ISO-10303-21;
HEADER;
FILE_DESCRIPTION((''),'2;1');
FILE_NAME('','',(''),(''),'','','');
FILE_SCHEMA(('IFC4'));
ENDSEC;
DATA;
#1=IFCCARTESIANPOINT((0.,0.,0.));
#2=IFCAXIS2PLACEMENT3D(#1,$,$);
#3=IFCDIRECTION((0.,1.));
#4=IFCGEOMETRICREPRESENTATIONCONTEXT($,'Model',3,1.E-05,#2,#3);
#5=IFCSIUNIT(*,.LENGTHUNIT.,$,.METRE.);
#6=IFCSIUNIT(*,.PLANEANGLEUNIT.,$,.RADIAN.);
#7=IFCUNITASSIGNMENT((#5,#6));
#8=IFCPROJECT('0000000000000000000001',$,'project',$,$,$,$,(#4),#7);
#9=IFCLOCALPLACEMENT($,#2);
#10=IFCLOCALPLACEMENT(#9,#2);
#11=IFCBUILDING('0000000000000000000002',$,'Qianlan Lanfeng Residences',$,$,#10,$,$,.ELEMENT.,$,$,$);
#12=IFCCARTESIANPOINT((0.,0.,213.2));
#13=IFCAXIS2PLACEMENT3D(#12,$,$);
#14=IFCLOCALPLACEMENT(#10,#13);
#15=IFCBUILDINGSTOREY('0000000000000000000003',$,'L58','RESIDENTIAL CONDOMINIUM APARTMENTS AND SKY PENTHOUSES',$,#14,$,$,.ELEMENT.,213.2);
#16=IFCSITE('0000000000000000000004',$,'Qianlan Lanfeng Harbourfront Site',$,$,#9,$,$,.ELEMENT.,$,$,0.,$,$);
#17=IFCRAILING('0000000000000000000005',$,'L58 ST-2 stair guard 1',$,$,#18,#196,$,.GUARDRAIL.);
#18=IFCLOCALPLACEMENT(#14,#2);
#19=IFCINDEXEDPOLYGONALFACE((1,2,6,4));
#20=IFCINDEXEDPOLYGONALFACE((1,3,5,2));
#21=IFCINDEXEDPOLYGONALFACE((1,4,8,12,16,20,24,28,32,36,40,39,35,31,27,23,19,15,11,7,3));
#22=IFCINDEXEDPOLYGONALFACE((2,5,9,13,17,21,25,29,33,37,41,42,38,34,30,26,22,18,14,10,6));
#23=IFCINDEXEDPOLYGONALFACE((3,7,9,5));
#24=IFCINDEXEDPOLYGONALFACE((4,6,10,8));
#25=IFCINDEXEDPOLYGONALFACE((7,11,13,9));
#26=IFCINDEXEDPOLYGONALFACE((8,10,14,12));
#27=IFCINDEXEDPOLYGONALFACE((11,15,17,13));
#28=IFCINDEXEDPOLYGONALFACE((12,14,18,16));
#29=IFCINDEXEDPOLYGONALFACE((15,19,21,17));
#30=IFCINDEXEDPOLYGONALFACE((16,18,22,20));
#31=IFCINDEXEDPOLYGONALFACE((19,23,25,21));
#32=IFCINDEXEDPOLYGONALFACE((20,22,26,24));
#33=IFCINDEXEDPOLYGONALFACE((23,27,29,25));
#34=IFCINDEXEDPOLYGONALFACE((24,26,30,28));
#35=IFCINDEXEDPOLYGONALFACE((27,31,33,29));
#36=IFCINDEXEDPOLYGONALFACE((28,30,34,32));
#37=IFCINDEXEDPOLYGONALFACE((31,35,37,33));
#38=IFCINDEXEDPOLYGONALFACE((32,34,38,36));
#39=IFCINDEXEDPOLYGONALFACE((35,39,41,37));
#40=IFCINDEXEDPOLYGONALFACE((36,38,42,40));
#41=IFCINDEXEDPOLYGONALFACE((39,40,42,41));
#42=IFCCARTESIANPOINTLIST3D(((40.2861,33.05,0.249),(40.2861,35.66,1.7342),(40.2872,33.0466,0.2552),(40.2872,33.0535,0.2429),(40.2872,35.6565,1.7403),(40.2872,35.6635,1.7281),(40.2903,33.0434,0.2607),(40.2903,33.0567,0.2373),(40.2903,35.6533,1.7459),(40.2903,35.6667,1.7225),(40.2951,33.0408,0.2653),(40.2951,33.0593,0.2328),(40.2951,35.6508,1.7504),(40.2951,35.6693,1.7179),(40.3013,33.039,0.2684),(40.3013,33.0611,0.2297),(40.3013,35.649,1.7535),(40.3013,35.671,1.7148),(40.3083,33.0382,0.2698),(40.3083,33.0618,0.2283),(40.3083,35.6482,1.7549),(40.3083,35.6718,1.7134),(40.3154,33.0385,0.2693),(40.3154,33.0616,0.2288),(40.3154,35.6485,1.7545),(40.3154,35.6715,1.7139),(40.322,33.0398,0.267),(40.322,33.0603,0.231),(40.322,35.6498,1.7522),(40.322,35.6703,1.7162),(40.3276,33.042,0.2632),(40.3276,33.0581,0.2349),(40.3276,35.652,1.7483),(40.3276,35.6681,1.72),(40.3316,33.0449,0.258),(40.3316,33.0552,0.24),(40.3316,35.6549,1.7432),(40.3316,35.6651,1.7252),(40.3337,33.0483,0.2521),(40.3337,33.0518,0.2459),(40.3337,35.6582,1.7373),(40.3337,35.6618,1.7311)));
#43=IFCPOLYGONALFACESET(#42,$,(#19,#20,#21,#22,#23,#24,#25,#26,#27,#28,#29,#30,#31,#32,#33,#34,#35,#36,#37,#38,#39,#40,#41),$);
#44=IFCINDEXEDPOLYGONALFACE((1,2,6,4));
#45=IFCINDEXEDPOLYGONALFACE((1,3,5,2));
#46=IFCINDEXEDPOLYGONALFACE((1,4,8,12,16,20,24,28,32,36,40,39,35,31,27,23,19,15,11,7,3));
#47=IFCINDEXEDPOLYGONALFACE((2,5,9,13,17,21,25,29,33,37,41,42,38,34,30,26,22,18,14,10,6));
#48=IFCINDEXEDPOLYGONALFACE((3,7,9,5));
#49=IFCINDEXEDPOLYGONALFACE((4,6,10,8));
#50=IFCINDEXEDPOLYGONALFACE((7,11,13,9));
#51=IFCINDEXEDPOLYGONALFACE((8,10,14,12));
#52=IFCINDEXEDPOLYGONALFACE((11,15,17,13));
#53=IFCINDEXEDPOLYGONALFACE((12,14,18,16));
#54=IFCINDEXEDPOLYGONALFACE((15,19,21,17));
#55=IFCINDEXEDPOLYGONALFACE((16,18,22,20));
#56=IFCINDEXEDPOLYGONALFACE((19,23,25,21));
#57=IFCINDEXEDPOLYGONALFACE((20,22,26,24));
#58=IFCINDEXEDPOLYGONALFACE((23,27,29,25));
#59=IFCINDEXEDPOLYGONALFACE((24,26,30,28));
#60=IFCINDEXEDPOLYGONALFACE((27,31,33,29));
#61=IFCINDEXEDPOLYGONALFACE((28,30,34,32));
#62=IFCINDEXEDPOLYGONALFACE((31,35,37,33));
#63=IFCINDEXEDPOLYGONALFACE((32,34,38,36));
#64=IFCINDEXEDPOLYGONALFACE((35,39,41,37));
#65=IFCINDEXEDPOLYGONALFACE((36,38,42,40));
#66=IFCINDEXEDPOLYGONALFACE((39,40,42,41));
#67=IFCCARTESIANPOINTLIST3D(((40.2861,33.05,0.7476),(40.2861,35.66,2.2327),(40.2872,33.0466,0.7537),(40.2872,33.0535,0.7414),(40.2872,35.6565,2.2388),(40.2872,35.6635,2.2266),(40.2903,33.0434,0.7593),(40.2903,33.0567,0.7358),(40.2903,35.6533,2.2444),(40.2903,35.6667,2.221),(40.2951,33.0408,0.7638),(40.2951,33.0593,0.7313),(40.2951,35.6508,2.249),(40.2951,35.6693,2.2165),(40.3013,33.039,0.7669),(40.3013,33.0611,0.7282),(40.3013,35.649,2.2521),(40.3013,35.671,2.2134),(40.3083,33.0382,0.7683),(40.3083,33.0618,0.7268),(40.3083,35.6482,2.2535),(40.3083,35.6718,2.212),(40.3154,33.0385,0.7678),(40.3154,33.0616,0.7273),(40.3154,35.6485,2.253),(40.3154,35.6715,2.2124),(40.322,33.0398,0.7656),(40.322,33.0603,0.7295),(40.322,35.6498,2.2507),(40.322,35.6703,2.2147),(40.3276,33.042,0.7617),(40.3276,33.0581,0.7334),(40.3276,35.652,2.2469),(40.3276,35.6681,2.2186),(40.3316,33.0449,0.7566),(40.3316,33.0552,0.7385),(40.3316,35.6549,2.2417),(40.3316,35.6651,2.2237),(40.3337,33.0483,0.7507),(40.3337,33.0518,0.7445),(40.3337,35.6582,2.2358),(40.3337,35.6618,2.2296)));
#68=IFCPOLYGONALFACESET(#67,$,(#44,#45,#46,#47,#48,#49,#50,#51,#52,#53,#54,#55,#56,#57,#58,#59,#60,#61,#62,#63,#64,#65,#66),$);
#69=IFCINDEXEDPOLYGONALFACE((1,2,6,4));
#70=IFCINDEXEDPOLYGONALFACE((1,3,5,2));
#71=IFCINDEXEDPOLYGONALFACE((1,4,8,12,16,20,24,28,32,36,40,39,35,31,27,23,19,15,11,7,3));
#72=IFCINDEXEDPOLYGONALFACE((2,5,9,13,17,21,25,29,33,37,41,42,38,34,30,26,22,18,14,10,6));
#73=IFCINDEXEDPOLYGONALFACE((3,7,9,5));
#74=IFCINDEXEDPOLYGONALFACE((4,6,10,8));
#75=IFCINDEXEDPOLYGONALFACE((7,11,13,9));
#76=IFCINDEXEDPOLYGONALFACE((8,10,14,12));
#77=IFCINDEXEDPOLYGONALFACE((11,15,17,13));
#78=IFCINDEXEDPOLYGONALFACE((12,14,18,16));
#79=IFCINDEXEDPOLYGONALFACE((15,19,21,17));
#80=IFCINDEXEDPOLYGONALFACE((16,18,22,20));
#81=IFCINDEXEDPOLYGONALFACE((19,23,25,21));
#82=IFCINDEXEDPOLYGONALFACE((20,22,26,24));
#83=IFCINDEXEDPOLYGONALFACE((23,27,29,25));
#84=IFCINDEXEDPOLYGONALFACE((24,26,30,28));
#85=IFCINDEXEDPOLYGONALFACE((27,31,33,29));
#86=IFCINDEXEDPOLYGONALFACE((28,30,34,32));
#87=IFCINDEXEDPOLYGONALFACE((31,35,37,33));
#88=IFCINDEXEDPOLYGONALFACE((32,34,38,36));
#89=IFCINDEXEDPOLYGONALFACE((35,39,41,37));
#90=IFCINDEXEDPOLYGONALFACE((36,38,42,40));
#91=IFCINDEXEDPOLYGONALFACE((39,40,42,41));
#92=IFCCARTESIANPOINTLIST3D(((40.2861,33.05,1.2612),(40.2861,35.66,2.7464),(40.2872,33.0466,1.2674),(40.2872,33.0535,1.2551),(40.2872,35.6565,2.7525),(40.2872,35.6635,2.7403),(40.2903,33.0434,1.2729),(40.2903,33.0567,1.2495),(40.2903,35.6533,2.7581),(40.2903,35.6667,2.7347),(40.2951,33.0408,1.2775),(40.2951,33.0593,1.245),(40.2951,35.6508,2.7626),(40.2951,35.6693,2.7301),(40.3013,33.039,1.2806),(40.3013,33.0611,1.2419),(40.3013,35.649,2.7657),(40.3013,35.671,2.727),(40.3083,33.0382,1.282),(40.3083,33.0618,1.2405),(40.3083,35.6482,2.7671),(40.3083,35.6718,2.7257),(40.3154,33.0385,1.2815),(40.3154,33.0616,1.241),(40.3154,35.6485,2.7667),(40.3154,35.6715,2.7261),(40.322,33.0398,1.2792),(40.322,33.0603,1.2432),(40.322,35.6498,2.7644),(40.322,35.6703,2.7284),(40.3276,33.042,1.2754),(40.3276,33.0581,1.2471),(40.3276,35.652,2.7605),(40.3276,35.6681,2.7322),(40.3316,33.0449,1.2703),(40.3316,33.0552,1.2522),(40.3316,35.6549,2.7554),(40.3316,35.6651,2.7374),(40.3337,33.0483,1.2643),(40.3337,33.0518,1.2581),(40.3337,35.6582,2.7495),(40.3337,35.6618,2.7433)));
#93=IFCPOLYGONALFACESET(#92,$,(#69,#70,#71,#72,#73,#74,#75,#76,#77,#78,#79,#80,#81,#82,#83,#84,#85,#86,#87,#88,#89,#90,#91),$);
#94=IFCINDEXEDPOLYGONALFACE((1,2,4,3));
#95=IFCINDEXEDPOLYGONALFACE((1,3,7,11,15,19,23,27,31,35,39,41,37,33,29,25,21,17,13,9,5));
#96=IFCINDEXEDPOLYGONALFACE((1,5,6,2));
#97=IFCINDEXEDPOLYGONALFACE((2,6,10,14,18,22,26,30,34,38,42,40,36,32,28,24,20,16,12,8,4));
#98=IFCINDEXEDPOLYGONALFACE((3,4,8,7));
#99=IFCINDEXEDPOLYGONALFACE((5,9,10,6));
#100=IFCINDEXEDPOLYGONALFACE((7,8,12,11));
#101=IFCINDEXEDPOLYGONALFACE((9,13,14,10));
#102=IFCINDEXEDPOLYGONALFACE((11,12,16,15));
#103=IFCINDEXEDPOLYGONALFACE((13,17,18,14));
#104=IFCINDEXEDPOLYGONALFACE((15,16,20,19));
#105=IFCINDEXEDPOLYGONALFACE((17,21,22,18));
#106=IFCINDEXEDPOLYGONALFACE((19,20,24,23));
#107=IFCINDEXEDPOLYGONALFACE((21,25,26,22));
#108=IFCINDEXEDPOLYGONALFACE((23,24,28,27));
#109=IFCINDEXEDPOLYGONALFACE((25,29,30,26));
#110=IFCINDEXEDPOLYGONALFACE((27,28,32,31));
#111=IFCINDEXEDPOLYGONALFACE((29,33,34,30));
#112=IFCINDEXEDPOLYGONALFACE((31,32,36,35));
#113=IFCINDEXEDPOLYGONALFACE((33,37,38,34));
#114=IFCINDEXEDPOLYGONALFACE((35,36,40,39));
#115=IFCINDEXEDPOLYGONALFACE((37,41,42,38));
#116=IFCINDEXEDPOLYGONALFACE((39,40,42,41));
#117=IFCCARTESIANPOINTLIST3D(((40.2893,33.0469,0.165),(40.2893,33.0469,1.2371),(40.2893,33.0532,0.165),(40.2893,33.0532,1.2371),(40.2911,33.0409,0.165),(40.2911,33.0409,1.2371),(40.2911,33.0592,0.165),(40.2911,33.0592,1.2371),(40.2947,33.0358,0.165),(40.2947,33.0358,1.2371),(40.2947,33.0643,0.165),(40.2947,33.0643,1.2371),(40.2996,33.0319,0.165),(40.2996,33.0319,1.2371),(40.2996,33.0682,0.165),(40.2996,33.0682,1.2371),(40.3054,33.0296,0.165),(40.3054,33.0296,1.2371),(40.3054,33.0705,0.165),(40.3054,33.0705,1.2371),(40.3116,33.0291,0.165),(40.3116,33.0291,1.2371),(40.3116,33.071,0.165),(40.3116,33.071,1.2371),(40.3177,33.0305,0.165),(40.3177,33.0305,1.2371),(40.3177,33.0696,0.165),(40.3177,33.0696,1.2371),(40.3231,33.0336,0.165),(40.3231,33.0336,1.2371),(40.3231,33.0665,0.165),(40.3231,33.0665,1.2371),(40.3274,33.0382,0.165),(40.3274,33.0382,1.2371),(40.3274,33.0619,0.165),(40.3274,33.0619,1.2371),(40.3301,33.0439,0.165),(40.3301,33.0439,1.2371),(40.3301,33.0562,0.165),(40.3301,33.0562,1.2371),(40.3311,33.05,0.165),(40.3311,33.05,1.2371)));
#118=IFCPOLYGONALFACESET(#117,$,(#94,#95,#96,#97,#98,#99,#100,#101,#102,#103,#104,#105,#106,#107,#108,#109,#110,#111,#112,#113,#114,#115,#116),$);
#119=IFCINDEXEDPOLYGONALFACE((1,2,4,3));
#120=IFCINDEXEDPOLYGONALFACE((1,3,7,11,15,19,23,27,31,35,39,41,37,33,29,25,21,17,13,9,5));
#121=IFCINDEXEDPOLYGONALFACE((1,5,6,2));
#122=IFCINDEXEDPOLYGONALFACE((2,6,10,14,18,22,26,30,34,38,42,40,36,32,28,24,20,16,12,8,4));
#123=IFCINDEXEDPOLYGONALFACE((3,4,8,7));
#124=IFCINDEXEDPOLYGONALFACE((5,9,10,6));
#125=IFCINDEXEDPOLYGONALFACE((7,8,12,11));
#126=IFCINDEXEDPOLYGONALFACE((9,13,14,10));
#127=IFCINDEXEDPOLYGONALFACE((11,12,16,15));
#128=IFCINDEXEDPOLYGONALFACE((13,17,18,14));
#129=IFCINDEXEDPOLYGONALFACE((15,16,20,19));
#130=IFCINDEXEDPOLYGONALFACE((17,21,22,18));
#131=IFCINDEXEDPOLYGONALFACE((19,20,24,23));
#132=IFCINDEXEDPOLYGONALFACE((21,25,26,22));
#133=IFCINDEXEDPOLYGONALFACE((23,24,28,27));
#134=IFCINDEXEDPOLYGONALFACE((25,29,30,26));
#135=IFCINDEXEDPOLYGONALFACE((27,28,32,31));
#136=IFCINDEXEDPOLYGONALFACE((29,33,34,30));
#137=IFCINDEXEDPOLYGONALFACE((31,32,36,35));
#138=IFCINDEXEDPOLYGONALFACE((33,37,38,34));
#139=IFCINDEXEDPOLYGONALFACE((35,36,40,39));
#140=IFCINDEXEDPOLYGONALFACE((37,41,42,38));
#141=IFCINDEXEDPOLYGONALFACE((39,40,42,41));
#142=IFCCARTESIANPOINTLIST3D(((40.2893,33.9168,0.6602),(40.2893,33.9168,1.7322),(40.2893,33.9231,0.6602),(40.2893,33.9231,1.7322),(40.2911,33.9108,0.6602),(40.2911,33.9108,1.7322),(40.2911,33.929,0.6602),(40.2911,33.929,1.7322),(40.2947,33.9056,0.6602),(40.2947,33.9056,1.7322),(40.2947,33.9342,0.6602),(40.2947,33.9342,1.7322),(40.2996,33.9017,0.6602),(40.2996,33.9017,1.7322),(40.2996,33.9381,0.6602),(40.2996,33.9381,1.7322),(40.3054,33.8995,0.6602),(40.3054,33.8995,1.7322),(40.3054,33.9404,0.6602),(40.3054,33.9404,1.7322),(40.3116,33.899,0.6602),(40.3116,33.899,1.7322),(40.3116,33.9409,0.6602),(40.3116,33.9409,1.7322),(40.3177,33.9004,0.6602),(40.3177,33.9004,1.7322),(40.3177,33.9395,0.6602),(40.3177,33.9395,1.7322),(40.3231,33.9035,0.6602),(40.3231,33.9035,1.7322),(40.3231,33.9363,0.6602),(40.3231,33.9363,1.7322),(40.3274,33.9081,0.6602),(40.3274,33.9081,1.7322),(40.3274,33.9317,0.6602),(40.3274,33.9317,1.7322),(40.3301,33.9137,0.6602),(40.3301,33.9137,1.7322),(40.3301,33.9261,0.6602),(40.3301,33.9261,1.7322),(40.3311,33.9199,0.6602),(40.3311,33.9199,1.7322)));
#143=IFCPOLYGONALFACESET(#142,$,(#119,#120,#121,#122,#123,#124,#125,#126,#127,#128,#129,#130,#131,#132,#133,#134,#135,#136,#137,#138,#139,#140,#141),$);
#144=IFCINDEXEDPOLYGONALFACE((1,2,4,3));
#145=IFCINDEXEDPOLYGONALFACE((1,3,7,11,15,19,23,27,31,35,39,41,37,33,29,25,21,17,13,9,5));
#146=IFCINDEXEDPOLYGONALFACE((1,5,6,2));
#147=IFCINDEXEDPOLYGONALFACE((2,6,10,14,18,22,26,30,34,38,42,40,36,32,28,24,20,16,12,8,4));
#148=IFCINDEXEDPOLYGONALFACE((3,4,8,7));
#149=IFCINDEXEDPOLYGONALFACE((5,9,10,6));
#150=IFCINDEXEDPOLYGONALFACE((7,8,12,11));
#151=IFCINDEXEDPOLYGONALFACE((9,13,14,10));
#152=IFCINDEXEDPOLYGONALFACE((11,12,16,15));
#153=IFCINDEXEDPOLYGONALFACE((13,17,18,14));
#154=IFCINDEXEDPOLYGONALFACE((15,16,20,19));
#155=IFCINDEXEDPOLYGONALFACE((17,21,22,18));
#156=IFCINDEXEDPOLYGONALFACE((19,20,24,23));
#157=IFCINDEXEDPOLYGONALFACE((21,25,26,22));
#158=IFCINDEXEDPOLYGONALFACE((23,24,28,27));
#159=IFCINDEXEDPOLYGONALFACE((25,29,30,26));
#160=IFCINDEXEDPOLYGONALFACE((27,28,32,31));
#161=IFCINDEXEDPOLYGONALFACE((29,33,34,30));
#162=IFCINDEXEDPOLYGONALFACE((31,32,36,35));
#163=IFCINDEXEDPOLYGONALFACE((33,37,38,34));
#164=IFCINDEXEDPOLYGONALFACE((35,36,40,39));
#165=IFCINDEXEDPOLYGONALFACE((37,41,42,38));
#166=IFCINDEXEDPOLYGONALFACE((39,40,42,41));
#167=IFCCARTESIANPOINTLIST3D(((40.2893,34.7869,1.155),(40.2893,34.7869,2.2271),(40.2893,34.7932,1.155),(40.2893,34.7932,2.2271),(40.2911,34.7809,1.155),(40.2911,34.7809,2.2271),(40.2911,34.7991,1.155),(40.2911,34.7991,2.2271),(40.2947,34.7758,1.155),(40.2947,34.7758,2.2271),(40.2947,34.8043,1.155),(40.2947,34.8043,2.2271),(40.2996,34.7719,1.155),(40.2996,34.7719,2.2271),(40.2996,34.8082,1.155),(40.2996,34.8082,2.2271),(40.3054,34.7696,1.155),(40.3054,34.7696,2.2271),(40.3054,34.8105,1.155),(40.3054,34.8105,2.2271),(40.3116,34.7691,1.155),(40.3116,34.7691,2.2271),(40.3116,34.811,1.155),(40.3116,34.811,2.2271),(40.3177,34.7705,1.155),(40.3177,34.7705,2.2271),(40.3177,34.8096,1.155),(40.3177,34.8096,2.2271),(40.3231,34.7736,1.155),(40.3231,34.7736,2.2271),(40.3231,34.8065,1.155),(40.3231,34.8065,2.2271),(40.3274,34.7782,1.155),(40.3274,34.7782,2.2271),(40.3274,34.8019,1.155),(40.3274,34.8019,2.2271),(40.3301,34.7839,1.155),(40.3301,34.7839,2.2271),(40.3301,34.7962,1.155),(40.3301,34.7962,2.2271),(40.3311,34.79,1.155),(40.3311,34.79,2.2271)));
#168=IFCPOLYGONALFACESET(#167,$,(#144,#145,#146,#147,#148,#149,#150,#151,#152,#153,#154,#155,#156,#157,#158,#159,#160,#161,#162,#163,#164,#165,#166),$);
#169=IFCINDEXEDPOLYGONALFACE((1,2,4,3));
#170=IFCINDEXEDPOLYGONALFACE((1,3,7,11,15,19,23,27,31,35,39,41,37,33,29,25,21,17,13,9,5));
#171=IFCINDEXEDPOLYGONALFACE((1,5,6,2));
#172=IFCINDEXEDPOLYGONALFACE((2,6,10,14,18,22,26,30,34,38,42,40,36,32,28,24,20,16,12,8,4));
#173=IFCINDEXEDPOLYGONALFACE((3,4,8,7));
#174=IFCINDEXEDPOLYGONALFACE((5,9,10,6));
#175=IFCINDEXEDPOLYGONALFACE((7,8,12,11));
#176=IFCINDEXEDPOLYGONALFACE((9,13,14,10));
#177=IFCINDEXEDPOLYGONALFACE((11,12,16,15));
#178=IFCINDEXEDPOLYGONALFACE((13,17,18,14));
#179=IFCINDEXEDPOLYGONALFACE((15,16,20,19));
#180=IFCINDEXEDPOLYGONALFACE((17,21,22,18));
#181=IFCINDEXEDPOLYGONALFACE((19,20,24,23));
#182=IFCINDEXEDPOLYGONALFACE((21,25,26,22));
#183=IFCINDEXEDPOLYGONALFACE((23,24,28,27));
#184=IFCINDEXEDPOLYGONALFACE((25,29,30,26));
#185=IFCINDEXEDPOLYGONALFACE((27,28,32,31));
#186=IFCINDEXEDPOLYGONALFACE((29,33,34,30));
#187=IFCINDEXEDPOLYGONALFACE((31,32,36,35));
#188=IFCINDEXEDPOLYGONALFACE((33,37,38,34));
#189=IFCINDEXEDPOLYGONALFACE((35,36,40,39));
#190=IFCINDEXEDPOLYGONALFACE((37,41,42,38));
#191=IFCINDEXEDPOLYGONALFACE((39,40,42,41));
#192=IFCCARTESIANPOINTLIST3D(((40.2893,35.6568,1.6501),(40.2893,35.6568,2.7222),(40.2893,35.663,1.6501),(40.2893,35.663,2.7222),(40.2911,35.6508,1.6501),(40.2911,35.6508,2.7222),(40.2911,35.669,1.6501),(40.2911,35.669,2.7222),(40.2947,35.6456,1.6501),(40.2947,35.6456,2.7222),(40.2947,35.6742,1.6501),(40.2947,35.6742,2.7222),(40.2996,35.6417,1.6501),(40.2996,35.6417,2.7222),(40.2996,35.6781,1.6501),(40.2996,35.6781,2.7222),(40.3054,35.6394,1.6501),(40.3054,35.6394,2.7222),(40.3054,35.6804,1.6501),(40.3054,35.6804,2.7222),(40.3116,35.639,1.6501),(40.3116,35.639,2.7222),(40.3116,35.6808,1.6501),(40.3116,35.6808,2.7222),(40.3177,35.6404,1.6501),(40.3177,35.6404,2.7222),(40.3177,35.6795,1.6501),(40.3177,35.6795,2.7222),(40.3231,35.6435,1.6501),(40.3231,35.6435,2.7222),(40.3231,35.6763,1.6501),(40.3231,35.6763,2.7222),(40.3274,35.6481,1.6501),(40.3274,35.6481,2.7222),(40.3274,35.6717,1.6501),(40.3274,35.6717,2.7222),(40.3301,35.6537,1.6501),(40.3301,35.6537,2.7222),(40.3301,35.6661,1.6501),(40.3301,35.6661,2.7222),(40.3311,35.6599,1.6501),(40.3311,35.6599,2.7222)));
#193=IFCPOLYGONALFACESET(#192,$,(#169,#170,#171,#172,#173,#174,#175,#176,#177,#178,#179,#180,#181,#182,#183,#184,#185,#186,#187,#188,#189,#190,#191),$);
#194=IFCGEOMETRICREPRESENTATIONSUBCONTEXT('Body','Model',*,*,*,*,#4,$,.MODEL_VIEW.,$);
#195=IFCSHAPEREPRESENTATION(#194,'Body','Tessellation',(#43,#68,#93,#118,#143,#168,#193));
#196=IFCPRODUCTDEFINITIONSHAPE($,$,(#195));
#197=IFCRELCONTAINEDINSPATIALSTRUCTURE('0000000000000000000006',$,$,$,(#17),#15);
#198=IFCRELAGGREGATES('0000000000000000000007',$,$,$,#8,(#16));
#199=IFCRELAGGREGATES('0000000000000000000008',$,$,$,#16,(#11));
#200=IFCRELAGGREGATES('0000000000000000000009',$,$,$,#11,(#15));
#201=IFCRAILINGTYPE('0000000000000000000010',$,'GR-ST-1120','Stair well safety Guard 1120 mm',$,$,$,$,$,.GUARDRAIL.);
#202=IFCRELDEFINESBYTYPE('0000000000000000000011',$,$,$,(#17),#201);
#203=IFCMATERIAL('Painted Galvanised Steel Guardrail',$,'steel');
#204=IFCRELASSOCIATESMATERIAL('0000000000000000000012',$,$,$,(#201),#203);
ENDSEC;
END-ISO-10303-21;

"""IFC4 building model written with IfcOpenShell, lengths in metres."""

from ifc_helpers import new_model, si_unit, direction, frame, origin, origin_2d, place, context, subcontext, project, spatial, circle, extrude, material, type_object, element, save


model = new_model("IFC4")

# Units and contexts
model_context = context("Model", 3, precision=1e-05, world=origin(), true_north=direction((0.0, 1.0)))
body_context = subcontext(model_context, "Body", "Model", "MODEL_VIEW")
ifc_project = project(units=[si_unit("LENGTHUNIT", "METRE"), si_unit("PLANEANGLEUNIT", "RADIAN")], contexts=[model_context])

# Site, building, storey
site_placement = place(None, origin())
site = spatial("IfcSite", under=ifc_project, at=site_placement, Name="Qianlan Lanfeng Harbourfront Site", CompositionType="ELEMENT", RefElevation=0.0)
building_placement = place(site_placement, origin())
building = spatial("IfcBuilding", under=site, at=building_placement, Name="Qianlan Lanfeng Residences", CompositionType="ELEMENT")
storey_placement = place(building_placement, frame((0.0, 0.0, 213.2)))
storey = spatial("IfcBuildingStorey", under=building, at=storey_placement, Name="L58", Description="RESIDENTIAL CONDOMINIUM APARTMENTS AND SKY PENTHOUSES", CompositionType="ELEMENT", Elevation=213.2)

# Railing
ifc_material_1 = material(Name="Painted Galvanised Steel Guardrail", Category="steel")
railing_type_1 = type_object("IfcRailingType", Name="GR-ST-1120", Description="Stair well safety Guard 1120 mm", PredefinedType="GUARDRAIL", material=ifc_material_1)
railing_1_placement = place(storey_placement, frame((40.3101, 33.05, 0.165)))
element("IfcRailing", 1, at=railing_1_placement, inside=storey, type_object=railing_type_1, Name="L58 ST-2 stair guard 1", PredefinedType="GUARDRAIL", context=body_context, shape_type="SweptSolid", body=[
    extrude(circle(Radius=0.0239, at=origin_2d()), frame((0.0, 0.0, 0.084), z_axis=(0.0, 0.869137, 0.494571), x_axis=(-1.0, 0.0, 0.0)), (0.0, 0.0, 1.0), 3.0029),
    extrude(circle(Radius=0.0239, at=origin_2d()), frame((0.0, 0.0, 0.5825), z_axis=(0.0, 0.869137, 0.494571), x_axis=(-1.0, 0.0, 0.0)), (0.0, 0.0, 1.0), 3.0029),
    extrude(circle(Radius=0.0239, at=origin_2d()), frame((0.0, 0.0, 1.0962), z_axis=(0.0, 0.869137, 0.494571), x_axis=(-1.0, 0.0, 0.0)), (0.0, 0.0, 1.0), 3.0029),
    extrude(circle(Radius=0.021, at=origin_2d()), origin(), (0.0, 0.0, 1.0), 1.072),
    extrude(circle(Radius=0.021, at=origin_2d()), frame((0.0, 0.8699, 0.4951)), (0.0, 0.0, 1.0), 1.072),
    extrude(circle(Radius=0.021, at=origin_2d()), frame((0.0, 1.74, 0.99)), (0.0, 0.0, 1.0), 1.072),
    extrude(circle(Radius=0.021, at=origin_2d()), frame((0.0, 2.6099, 1.4851)), (0.0, 0.0, 1.0), 1.072),
])

save(model, "model.ifc")
